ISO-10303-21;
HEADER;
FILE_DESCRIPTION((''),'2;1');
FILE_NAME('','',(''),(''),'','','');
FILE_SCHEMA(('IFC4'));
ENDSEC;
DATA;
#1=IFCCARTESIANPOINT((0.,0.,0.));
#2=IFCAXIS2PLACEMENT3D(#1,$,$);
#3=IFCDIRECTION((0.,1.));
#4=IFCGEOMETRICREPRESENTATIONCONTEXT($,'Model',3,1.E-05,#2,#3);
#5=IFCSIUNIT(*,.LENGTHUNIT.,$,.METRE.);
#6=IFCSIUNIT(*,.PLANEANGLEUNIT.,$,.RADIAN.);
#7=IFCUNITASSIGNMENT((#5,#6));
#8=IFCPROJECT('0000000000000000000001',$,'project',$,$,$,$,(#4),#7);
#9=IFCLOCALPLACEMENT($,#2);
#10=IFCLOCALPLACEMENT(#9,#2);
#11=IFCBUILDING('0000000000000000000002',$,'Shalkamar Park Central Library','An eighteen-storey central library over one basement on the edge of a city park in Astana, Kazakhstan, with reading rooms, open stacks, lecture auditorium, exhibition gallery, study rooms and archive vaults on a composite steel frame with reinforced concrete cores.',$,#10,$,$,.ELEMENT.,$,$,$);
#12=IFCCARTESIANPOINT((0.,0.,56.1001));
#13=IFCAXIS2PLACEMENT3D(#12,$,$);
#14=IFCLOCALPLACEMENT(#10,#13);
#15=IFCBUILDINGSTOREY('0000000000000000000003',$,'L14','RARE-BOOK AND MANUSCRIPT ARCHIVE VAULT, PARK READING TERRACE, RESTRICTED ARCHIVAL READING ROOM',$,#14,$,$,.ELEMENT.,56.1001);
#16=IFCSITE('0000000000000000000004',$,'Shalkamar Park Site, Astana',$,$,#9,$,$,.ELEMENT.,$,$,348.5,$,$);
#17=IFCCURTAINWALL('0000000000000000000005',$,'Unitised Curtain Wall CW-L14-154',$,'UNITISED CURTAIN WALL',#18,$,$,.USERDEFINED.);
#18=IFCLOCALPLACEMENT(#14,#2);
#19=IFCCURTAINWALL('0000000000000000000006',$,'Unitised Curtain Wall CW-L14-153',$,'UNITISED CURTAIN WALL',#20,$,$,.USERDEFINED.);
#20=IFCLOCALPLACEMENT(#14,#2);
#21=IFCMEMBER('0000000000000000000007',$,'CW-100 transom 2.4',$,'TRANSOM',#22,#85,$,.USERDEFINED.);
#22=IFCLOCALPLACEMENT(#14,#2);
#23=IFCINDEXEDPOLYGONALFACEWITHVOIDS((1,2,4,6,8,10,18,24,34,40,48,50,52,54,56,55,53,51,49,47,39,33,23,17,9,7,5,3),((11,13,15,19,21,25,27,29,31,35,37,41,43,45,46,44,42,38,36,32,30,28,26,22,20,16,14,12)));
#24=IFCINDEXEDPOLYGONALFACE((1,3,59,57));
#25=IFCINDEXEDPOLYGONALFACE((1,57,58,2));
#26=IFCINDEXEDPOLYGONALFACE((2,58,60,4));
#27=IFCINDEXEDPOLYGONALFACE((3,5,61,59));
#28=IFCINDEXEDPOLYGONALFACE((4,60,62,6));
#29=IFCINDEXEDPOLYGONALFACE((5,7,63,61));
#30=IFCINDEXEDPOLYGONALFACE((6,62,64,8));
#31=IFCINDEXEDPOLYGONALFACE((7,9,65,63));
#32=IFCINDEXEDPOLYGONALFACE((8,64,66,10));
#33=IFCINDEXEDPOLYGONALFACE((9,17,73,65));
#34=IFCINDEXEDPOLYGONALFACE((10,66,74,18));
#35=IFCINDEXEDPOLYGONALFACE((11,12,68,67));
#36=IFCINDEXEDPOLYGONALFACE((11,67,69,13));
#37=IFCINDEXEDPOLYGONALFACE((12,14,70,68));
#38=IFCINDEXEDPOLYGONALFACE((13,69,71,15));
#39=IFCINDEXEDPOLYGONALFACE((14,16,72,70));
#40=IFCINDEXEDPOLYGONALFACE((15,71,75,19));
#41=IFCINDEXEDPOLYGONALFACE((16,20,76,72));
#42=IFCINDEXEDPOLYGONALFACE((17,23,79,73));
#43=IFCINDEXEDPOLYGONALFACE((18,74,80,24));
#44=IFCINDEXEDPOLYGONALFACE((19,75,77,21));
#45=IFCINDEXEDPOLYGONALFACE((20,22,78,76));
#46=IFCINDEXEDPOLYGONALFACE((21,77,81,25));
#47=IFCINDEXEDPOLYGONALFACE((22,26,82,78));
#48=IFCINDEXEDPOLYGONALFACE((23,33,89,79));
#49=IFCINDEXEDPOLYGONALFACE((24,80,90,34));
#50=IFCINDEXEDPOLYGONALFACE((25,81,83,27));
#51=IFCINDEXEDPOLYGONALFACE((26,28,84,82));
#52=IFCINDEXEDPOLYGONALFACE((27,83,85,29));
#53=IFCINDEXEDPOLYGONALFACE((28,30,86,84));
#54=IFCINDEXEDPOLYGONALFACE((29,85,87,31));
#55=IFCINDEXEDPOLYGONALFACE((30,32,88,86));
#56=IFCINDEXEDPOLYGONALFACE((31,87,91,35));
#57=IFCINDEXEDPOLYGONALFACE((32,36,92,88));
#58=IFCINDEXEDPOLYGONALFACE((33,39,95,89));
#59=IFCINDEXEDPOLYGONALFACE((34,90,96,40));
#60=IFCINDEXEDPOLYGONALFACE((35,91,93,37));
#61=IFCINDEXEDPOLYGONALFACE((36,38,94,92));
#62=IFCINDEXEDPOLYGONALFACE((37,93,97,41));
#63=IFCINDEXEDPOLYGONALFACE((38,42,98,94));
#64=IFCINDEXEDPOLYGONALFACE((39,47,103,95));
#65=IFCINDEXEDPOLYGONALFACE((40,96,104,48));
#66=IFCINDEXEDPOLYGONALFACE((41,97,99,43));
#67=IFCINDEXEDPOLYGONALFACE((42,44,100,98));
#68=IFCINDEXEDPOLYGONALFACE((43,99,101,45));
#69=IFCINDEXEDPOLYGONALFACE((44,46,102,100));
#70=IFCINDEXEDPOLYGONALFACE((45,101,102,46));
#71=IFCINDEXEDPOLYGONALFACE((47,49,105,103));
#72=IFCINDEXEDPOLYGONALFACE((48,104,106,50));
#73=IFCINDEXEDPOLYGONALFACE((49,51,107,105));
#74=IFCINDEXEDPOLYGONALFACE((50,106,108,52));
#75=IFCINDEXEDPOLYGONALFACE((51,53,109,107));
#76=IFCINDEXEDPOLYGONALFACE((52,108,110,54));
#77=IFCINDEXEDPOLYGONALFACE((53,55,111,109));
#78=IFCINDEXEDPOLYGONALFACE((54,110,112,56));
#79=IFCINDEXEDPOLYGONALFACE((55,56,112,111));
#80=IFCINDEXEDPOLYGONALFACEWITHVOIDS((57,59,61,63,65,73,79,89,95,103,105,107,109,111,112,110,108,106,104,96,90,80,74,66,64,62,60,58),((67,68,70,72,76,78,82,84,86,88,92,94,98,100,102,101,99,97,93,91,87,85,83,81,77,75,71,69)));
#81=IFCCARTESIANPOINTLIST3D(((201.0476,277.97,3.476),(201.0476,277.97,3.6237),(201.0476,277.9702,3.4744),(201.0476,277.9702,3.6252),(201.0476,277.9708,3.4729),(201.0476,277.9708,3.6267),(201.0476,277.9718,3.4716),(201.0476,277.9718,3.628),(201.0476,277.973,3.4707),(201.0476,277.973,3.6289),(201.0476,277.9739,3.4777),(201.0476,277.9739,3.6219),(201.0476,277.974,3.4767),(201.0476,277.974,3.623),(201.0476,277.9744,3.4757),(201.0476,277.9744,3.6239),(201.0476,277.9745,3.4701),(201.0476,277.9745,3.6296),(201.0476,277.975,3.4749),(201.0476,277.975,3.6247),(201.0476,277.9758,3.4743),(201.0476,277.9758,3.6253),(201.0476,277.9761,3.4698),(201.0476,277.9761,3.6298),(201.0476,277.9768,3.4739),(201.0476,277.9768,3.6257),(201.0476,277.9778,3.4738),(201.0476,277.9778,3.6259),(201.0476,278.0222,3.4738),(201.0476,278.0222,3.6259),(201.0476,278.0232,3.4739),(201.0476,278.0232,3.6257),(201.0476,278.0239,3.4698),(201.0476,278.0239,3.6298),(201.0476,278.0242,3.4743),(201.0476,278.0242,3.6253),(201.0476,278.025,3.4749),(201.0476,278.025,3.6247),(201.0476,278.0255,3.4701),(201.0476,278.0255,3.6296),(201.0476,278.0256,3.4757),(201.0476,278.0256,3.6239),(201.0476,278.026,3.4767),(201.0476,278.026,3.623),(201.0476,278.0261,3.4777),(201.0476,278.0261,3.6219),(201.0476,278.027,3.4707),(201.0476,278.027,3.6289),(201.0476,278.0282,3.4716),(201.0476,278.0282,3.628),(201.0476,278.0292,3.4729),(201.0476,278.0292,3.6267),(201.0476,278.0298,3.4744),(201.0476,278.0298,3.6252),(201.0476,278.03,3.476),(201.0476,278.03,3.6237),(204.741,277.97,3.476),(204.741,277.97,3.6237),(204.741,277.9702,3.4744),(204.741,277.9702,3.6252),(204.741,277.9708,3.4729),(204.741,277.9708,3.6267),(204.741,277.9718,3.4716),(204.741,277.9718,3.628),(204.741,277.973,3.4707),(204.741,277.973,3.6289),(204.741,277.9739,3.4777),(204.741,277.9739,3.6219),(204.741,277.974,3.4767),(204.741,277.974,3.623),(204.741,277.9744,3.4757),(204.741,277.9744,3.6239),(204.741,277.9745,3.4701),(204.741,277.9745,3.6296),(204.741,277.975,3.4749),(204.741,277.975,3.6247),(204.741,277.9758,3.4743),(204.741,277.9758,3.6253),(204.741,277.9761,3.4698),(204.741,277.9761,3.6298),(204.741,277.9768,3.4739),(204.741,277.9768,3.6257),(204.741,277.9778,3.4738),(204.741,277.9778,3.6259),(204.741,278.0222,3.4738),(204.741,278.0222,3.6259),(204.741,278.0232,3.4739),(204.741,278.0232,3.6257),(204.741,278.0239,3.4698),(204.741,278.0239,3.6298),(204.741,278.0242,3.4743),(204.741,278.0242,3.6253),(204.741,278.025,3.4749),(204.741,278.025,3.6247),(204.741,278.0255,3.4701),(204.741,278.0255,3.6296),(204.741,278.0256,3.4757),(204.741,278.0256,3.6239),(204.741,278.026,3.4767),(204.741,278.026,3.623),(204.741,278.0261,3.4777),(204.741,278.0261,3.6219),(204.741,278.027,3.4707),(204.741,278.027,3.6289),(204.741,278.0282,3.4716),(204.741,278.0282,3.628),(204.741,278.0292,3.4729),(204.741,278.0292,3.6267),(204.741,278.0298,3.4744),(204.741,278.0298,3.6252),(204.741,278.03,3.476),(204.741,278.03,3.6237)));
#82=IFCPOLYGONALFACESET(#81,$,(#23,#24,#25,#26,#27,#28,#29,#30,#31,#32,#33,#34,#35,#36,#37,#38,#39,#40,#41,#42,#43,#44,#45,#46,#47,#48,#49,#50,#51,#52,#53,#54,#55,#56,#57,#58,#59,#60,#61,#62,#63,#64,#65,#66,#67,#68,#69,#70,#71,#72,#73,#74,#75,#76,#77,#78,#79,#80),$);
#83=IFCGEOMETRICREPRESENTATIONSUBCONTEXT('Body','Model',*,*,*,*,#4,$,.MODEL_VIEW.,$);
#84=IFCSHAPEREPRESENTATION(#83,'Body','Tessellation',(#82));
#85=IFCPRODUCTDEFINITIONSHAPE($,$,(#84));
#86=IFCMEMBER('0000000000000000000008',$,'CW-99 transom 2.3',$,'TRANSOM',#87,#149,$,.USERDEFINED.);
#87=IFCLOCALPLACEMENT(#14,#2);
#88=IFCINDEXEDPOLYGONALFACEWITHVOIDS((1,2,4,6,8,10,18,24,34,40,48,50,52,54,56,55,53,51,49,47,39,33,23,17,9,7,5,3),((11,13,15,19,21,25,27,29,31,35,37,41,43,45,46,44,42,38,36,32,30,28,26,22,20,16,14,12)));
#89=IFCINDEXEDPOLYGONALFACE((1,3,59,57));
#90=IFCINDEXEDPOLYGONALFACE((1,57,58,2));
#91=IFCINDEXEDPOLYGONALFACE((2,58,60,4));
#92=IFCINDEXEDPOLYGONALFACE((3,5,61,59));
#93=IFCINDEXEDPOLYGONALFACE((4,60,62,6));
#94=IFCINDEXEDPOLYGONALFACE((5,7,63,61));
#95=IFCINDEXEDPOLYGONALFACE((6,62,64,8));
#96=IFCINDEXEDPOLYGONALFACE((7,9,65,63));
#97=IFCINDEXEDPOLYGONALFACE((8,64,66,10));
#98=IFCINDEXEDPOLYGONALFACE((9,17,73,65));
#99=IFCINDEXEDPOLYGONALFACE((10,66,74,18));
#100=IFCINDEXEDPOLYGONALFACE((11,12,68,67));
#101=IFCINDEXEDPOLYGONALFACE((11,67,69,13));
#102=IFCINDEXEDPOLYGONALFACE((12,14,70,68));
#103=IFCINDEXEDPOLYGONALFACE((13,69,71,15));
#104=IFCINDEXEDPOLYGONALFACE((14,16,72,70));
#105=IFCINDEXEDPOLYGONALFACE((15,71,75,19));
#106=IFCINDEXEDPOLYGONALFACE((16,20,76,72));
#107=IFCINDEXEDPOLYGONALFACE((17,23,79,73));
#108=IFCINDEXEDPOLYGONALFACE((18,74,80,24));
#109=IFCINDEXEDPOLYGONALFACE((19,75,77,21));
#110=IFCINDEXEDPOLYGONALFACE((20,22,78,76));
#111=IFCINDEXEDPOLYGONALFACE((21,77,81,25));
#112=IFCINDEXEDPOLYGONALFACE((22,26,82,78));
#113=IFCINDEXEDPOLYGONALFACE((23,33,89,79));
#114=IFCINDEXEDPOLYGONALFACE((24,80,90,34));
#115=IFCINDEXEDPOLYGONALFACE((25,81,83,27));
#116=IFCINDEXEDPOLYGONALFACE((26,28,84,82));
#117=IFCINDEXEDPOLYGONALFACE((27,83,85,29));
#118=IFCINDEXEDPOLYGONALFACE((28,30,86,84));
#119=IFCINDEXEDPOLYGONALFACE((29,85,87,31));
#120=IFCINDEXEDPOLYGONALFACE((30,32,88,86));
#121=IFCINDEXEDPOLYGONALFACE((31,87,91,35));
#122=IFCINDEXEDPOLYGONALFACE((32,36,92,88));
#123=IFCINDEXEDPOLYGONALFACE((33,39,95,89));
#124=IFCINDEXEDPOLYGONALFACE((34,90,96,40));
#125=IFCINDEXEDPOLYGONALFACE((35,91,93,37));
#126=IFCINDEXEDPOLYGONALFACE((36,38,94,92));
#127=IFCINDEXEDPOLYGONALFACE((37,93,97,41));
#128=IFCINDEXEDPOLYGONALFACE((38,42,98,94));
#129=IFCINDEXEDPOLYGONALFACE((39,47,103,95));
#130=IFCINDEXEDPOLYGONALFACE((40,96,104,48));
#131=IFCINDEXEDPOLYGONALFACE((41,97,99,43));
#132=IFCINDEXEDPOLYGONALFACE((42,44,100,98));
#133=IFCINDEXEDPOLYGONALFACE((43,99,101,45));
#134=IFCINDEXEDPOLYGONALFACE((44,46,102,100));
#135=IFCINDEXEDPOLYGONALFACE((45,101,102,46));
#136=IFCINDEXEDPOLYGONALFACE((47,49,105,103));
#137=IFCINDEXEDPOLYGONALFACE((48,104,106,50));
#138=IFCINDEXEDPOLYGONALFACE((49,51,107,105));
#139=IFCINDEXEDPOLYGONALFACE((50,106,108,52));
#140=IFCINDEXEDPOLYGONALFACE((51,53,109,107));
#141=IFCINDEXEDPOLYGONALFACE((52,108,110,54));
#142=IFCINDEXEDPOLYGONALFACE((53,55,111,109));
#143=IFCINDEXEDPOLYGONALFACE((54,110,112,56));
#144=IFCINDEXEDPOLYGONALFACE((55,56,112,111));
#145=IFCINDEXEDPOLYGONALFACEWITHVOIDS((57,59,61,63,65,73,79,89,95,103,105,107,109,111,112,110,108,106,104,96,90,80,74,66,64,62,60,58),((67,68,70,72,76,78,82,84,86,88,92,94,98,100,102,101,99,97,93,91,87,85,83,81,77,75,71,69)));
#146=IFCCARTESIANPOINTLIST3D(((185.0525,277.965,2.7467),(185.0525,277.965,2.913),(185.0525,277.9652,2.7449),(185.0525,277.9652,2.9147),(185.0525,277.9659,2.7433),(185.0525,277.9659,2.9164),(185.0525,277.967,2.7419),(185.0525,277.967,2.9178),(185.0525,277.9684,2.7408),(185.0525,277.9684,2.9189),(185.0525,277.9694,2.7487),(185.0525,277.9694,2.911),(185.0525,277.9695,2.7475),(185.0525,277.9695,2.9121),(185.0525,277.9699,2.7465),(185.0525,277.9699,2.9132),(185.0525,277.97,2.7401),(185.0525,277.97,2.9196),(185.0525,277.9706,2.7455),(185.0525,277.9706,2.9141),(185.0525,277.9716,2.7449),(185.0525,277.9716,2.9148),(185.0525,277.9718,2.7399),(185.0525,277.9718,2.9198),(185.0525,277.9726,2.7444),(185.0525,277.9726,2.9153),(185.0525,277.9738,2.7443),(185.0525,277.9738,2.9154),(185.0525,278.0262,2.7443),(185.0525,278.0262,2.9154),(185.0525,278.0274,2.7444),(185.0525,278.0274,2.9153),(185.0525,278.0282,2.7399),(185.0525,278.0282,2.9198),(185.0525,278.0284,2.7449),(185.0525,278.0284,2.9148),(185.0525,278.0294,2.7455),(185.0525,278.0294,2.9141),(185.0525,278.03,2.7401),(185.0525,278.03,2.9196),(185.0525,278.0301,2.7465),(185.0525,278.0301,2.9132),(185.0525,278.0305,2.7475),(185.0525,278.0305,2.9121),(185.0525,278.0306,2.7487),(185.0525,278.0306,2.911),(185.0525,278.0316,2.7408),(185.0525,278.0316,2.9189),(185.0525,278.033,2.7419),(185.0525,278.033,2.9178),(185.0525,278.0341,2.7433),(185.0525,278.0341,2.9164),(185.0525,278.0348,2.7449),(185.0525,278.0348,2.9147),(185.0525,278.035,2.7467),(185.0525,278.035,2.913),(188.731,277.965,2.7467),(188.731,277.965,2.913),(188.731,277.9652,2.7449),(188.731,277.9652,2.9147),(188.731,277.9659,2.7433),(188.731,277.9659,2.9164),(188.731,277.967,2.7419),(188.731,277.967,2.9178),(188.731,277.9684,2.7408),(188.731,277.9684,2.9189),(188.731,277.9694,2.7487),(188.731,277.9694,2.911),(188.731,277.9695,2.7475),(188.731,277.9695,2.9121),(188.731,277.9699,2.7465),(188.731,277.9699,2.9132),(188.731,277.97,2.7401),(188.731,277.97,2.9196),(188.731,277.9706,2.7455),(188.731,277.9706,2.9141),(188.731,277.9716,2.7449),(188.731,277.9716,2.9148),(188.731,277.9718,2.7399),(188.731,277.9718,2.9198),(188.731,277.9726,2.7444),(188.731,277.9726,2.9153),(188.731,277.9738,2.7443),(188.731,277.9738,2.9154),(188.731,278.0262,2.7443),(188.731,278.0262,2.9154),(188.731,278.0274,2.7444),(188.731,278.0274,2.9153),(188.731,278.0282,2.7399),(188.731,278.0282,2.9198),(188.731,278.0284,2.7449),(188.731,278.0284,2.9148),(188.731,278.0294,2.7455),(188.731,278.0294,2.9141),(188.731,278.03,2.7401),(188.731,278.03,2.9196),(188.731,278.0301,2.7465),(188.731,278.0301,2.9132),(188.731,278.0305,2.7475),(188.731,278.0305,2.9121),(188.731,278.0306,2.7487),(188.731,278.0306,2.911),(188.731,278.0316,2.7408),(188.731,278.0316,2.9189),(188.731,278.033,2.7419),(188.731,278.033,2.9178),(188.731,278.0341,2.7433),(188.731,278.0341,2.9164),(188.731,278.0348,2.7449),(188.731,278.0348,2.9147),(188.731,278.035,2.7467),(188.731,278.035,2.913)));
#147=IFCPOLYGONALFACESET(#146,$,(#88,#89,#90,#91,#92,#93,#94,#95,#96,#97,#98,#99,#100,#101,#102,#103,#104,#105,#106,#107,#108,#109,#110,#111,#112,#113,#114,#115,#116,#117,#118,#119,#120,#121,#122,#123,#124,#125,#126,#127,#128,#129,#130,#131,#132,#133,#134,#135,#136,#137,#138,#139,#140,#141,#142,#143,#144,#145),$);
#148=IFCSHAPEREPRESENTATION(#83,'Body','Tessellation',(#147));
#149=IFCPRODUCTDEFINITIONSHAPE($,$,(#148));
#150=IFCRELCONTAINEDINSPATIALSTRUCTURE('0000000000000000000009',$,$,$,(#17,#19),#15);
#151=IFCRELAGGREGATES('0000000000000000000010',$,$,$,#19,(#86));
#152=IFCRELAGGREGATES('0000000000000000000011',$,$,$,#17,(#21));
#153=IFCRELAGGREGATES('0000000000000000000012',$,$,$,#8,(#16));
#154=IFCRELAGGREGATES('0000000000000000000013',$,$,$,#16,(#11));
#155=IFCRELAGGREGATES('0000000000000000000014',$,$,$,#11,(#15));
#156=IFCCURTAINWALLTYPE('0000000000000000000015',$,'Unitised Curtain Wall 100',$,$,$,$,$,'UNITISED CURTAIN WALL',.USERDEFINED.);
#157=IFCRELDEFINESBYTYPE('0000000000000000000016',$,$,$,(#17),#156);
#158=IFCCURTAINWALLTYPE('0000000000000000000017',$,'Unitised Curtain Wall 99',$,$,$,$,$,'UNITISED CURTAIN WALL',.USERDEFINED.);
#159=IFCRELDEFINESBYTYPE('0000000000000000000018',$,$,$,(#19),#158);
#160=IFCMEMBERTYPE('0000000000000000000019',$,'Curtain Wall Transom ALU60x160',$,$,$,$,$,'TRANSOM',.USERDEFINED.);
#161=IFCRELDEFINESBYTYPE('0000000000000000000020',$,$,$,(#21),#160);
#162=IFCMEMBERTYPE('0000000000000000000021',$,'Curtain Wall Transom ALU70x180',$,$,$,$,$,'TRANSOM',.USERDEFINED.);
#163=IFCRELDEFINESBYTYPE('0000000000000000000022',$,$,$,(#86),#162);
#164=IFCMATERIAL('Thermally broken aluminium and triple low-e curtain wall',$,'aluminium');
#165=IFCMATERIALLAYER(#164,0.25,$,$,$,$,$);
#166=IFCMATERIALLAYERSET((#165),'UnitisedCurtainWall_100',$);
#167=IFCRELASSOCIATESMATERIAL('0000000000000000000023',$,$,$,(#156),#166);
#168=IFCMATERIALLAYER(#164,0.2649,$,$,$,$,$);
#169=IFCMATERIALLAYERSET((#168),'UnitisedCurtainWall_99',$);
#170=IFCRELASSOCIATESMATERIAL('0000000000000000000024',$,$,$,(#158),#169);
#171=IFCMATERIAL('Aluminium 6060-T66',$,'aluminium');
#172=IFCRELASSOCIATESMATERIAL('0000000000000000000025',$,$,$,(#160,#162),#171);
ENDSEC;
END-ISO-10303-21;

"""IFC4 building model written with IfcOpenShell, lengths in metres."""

from ifc_helpers import new_model, si_unit, direction, frame, origin, origin_2d, place, context, subcontext, project, spatial, hollow_rectangle, extrude, material, layer, layer_set, material_profile, profile_set, type_object, element, aggregate, save


model = new_model("IFC4")

# Units and contexts
model_context = context("Model", 3, precision=1e-05, world=origin(), true_north=direction((0.0, 1.0)))
body_context = subcontext(model_context, "Body", "Model", "MODEL_VIEW")
ifc_project = project(units=[si_unit("LENGTHUNIT", "METRE"), si_unit("PLANEANGLEUNIT", "RADIAN")], contexts=[model_context])

# Site, building, storey
site_placement = place(None, origin())
site = spatial("IfcSite", under=ifc_project, at=site_placement, Name="Shalkamar Park Site, Astana", CompositionType="ELEMENT", RefElevation=348.5)
building_placement = place(site_placement, origin())
building = spatial("IfcBuilding", under=site, at=building_placement, Name="Shalkamar Park Central Library", Description="An eighteen-storey central library over one basement on the edge of a city park in Astana, Kazakhstan, with reading rooms, open stacks, lecture auditorium, exhibition gallery, study rooms and archive vaults on a composite steel frame with reinforced concrete cores.", CompositionType="ELEMENT")
storey_placement = place(building_placement, frame((0.0, 0.0, 56.1001)))
storey = spatial("IfcBuildingStorey", under=building, at=storey_placement, Name="L14", Description="RARE-BOOK AND MANUSCRIPT ARCHIVE VAULT, PARK READING TERRACE, RESTRICTED ARCHIVAL READING ROOM", CompositionType="ELEMENT", Elevation=56.1001)

# Curtain wall
ifc_material_1 = material(Name="Thermally broken aluminium and triple low-e curtain wall", Category="aluminium")
ifc_layer_1 = layer(ifc_material_1, 0.25)
ifc_layer_set_1 = layer_set([ifc_layer_1], Name="UnitisedCurtainWall_100")
curtain_wall_type_1 = type_object("IfcCurtainWallType", Name="Unitised Curtain Wall 100", ElementType="UNITISED CURTAIN WALL", PredefinedType="USERDEFINED", material=ifc_layer_set_1)
curtain_wall_1_placement = place(storey_placement, origin())
curtain_wall_1 = element("IfcCurtainWall", 1, at=curtain_wall_1_placement, inside=storey, type_object=curtain_wall_type_1, Name="Unitised Curtain Wall CW-L14-154", ObjectType="UNITISED CURTAIN WALL", PredefinedType="USERDEFINED")
ifc_material_2 = material(Name="Aluminium 6060-T66", Category="aluminium")

# Curtain wall
ifc_layer_2 = layer(ifc_material_1, 0.2649)
ifc_layer_set_2 = layer_set([ifc_layer_2], Name="UnitisedCurtainWall_99")
curtain_wall_type_2 = type_object("IfcCurtainWallType", Name="Unitised Curtain Wall 99", ElementType="UNITISED CURTAIN WALL", PredefinedType="USERDEFINED", material=ifc_layer_set_2)
curtain_wall_2_placement = place(storey_placement, origin())
curtain_wall_2 = element("IfcCurtainWall", 2, at=curtain_wall_2_placement, inside=storey, type_object=curtain_wall_type_2, Name="Unitised Curtain Wall CW-L14-153", ObjectType="UNITISED CURTAIN WALL", PredefinedType="USERDEFINED")

# Members
ifc_material_profile_1 = material_profile(ifc_material_2, hollow_rectangle(XDim=0.0601, YDim=0.1599, WallThickness=0.0039, InnerFilletRadius=0.0039, OuterFilletRadius=0.0061, at=origin_2d()), Name="ALU 60x160x4")
ifc_profile_set_1 = profile_set([ifc_material_profile_1], Name="Aluminium 6060-T66")
member_type_1 = type_object("IfcMemberType", Name="Curtain Wall Transom ALU60x160", ElementType="TRANSOM", PredefinedType="USERDEFINED", material=ifc_profile_set_1)
member_1_placement = place(storey_placement, frame((201.0476, 278.0, 3.5498), z_axis=(1.0, 0.0, 0.0), x_axis=(0.0, 1.0, 0.0)))
member_1 = element("IfcMember", 3, at=member_1_placement, type_object=member_type_1, Name="CW-100 transom 2.4", ObjectType="TRANSOM", PredefinedType="USERDEFINED", context=body_context, shape_type="SweptSolid", body=[
    extrude(hollow_rectangle(XDim=0.0601, YDim=0.1599, WallThickness=0.0039, InnerFilletRadius=0.0039, OuterFilletRadius=0.0061, at=origin_2d()), origin(), (0.0, 0.0, 1.0), 3.6934),
])
ifc_material_profile_2 = material_profile(ifc_material_2, hollow_rectangle(XDim=0.0701, YDim=0.1799, WallThickness=0.0044, InnerFilletRadius=0.0044, OuterFilletRadius=0.0068, at=origin_2d()), Name="ALU 70x180x4.5")
ifc_profile_set_2 = profile_set([ifc_material_profile_2], Name="Aluminium 6060-T66")
member_type_2 = type_object("IfcMemberType", Name="Curtain Wall Transom ALU70x180", ElementType="TRANSOM", PredefinedType="USERDEFINED", material=ifc_profile_set_2)
member_2_placement = place(storey_placement, frame((185.0525, 278.0, 2.8298), z_axis=(1.0, 0.0, 0.0), x_axis=(0.0, 1.0, 0.0)))
member_2 = element("IfcMember", 4, at=member_2_placement, type_object=member_type_2, Name="CW-99 transom 2.3", ObjectType="TRANSOM", PredefinedType="USERDEFINED", context=body_context, shape_type="SweptSolid", body=[
    extrude(hollow_rectangle(XDim=0.0701, YDim=0.1799, WallThickness=0.0044, InnerFilletRadius=0.0044, OuterFilletRadius=0.0068, at=origin_2d()), origin(), (0.0, 0.0, 1.0), 3.6785),
])

aggregate(curtain_wall_2, [member_2])
aggregate(curtain_wall_1, [member_1])

save(model, "model.ifc")
